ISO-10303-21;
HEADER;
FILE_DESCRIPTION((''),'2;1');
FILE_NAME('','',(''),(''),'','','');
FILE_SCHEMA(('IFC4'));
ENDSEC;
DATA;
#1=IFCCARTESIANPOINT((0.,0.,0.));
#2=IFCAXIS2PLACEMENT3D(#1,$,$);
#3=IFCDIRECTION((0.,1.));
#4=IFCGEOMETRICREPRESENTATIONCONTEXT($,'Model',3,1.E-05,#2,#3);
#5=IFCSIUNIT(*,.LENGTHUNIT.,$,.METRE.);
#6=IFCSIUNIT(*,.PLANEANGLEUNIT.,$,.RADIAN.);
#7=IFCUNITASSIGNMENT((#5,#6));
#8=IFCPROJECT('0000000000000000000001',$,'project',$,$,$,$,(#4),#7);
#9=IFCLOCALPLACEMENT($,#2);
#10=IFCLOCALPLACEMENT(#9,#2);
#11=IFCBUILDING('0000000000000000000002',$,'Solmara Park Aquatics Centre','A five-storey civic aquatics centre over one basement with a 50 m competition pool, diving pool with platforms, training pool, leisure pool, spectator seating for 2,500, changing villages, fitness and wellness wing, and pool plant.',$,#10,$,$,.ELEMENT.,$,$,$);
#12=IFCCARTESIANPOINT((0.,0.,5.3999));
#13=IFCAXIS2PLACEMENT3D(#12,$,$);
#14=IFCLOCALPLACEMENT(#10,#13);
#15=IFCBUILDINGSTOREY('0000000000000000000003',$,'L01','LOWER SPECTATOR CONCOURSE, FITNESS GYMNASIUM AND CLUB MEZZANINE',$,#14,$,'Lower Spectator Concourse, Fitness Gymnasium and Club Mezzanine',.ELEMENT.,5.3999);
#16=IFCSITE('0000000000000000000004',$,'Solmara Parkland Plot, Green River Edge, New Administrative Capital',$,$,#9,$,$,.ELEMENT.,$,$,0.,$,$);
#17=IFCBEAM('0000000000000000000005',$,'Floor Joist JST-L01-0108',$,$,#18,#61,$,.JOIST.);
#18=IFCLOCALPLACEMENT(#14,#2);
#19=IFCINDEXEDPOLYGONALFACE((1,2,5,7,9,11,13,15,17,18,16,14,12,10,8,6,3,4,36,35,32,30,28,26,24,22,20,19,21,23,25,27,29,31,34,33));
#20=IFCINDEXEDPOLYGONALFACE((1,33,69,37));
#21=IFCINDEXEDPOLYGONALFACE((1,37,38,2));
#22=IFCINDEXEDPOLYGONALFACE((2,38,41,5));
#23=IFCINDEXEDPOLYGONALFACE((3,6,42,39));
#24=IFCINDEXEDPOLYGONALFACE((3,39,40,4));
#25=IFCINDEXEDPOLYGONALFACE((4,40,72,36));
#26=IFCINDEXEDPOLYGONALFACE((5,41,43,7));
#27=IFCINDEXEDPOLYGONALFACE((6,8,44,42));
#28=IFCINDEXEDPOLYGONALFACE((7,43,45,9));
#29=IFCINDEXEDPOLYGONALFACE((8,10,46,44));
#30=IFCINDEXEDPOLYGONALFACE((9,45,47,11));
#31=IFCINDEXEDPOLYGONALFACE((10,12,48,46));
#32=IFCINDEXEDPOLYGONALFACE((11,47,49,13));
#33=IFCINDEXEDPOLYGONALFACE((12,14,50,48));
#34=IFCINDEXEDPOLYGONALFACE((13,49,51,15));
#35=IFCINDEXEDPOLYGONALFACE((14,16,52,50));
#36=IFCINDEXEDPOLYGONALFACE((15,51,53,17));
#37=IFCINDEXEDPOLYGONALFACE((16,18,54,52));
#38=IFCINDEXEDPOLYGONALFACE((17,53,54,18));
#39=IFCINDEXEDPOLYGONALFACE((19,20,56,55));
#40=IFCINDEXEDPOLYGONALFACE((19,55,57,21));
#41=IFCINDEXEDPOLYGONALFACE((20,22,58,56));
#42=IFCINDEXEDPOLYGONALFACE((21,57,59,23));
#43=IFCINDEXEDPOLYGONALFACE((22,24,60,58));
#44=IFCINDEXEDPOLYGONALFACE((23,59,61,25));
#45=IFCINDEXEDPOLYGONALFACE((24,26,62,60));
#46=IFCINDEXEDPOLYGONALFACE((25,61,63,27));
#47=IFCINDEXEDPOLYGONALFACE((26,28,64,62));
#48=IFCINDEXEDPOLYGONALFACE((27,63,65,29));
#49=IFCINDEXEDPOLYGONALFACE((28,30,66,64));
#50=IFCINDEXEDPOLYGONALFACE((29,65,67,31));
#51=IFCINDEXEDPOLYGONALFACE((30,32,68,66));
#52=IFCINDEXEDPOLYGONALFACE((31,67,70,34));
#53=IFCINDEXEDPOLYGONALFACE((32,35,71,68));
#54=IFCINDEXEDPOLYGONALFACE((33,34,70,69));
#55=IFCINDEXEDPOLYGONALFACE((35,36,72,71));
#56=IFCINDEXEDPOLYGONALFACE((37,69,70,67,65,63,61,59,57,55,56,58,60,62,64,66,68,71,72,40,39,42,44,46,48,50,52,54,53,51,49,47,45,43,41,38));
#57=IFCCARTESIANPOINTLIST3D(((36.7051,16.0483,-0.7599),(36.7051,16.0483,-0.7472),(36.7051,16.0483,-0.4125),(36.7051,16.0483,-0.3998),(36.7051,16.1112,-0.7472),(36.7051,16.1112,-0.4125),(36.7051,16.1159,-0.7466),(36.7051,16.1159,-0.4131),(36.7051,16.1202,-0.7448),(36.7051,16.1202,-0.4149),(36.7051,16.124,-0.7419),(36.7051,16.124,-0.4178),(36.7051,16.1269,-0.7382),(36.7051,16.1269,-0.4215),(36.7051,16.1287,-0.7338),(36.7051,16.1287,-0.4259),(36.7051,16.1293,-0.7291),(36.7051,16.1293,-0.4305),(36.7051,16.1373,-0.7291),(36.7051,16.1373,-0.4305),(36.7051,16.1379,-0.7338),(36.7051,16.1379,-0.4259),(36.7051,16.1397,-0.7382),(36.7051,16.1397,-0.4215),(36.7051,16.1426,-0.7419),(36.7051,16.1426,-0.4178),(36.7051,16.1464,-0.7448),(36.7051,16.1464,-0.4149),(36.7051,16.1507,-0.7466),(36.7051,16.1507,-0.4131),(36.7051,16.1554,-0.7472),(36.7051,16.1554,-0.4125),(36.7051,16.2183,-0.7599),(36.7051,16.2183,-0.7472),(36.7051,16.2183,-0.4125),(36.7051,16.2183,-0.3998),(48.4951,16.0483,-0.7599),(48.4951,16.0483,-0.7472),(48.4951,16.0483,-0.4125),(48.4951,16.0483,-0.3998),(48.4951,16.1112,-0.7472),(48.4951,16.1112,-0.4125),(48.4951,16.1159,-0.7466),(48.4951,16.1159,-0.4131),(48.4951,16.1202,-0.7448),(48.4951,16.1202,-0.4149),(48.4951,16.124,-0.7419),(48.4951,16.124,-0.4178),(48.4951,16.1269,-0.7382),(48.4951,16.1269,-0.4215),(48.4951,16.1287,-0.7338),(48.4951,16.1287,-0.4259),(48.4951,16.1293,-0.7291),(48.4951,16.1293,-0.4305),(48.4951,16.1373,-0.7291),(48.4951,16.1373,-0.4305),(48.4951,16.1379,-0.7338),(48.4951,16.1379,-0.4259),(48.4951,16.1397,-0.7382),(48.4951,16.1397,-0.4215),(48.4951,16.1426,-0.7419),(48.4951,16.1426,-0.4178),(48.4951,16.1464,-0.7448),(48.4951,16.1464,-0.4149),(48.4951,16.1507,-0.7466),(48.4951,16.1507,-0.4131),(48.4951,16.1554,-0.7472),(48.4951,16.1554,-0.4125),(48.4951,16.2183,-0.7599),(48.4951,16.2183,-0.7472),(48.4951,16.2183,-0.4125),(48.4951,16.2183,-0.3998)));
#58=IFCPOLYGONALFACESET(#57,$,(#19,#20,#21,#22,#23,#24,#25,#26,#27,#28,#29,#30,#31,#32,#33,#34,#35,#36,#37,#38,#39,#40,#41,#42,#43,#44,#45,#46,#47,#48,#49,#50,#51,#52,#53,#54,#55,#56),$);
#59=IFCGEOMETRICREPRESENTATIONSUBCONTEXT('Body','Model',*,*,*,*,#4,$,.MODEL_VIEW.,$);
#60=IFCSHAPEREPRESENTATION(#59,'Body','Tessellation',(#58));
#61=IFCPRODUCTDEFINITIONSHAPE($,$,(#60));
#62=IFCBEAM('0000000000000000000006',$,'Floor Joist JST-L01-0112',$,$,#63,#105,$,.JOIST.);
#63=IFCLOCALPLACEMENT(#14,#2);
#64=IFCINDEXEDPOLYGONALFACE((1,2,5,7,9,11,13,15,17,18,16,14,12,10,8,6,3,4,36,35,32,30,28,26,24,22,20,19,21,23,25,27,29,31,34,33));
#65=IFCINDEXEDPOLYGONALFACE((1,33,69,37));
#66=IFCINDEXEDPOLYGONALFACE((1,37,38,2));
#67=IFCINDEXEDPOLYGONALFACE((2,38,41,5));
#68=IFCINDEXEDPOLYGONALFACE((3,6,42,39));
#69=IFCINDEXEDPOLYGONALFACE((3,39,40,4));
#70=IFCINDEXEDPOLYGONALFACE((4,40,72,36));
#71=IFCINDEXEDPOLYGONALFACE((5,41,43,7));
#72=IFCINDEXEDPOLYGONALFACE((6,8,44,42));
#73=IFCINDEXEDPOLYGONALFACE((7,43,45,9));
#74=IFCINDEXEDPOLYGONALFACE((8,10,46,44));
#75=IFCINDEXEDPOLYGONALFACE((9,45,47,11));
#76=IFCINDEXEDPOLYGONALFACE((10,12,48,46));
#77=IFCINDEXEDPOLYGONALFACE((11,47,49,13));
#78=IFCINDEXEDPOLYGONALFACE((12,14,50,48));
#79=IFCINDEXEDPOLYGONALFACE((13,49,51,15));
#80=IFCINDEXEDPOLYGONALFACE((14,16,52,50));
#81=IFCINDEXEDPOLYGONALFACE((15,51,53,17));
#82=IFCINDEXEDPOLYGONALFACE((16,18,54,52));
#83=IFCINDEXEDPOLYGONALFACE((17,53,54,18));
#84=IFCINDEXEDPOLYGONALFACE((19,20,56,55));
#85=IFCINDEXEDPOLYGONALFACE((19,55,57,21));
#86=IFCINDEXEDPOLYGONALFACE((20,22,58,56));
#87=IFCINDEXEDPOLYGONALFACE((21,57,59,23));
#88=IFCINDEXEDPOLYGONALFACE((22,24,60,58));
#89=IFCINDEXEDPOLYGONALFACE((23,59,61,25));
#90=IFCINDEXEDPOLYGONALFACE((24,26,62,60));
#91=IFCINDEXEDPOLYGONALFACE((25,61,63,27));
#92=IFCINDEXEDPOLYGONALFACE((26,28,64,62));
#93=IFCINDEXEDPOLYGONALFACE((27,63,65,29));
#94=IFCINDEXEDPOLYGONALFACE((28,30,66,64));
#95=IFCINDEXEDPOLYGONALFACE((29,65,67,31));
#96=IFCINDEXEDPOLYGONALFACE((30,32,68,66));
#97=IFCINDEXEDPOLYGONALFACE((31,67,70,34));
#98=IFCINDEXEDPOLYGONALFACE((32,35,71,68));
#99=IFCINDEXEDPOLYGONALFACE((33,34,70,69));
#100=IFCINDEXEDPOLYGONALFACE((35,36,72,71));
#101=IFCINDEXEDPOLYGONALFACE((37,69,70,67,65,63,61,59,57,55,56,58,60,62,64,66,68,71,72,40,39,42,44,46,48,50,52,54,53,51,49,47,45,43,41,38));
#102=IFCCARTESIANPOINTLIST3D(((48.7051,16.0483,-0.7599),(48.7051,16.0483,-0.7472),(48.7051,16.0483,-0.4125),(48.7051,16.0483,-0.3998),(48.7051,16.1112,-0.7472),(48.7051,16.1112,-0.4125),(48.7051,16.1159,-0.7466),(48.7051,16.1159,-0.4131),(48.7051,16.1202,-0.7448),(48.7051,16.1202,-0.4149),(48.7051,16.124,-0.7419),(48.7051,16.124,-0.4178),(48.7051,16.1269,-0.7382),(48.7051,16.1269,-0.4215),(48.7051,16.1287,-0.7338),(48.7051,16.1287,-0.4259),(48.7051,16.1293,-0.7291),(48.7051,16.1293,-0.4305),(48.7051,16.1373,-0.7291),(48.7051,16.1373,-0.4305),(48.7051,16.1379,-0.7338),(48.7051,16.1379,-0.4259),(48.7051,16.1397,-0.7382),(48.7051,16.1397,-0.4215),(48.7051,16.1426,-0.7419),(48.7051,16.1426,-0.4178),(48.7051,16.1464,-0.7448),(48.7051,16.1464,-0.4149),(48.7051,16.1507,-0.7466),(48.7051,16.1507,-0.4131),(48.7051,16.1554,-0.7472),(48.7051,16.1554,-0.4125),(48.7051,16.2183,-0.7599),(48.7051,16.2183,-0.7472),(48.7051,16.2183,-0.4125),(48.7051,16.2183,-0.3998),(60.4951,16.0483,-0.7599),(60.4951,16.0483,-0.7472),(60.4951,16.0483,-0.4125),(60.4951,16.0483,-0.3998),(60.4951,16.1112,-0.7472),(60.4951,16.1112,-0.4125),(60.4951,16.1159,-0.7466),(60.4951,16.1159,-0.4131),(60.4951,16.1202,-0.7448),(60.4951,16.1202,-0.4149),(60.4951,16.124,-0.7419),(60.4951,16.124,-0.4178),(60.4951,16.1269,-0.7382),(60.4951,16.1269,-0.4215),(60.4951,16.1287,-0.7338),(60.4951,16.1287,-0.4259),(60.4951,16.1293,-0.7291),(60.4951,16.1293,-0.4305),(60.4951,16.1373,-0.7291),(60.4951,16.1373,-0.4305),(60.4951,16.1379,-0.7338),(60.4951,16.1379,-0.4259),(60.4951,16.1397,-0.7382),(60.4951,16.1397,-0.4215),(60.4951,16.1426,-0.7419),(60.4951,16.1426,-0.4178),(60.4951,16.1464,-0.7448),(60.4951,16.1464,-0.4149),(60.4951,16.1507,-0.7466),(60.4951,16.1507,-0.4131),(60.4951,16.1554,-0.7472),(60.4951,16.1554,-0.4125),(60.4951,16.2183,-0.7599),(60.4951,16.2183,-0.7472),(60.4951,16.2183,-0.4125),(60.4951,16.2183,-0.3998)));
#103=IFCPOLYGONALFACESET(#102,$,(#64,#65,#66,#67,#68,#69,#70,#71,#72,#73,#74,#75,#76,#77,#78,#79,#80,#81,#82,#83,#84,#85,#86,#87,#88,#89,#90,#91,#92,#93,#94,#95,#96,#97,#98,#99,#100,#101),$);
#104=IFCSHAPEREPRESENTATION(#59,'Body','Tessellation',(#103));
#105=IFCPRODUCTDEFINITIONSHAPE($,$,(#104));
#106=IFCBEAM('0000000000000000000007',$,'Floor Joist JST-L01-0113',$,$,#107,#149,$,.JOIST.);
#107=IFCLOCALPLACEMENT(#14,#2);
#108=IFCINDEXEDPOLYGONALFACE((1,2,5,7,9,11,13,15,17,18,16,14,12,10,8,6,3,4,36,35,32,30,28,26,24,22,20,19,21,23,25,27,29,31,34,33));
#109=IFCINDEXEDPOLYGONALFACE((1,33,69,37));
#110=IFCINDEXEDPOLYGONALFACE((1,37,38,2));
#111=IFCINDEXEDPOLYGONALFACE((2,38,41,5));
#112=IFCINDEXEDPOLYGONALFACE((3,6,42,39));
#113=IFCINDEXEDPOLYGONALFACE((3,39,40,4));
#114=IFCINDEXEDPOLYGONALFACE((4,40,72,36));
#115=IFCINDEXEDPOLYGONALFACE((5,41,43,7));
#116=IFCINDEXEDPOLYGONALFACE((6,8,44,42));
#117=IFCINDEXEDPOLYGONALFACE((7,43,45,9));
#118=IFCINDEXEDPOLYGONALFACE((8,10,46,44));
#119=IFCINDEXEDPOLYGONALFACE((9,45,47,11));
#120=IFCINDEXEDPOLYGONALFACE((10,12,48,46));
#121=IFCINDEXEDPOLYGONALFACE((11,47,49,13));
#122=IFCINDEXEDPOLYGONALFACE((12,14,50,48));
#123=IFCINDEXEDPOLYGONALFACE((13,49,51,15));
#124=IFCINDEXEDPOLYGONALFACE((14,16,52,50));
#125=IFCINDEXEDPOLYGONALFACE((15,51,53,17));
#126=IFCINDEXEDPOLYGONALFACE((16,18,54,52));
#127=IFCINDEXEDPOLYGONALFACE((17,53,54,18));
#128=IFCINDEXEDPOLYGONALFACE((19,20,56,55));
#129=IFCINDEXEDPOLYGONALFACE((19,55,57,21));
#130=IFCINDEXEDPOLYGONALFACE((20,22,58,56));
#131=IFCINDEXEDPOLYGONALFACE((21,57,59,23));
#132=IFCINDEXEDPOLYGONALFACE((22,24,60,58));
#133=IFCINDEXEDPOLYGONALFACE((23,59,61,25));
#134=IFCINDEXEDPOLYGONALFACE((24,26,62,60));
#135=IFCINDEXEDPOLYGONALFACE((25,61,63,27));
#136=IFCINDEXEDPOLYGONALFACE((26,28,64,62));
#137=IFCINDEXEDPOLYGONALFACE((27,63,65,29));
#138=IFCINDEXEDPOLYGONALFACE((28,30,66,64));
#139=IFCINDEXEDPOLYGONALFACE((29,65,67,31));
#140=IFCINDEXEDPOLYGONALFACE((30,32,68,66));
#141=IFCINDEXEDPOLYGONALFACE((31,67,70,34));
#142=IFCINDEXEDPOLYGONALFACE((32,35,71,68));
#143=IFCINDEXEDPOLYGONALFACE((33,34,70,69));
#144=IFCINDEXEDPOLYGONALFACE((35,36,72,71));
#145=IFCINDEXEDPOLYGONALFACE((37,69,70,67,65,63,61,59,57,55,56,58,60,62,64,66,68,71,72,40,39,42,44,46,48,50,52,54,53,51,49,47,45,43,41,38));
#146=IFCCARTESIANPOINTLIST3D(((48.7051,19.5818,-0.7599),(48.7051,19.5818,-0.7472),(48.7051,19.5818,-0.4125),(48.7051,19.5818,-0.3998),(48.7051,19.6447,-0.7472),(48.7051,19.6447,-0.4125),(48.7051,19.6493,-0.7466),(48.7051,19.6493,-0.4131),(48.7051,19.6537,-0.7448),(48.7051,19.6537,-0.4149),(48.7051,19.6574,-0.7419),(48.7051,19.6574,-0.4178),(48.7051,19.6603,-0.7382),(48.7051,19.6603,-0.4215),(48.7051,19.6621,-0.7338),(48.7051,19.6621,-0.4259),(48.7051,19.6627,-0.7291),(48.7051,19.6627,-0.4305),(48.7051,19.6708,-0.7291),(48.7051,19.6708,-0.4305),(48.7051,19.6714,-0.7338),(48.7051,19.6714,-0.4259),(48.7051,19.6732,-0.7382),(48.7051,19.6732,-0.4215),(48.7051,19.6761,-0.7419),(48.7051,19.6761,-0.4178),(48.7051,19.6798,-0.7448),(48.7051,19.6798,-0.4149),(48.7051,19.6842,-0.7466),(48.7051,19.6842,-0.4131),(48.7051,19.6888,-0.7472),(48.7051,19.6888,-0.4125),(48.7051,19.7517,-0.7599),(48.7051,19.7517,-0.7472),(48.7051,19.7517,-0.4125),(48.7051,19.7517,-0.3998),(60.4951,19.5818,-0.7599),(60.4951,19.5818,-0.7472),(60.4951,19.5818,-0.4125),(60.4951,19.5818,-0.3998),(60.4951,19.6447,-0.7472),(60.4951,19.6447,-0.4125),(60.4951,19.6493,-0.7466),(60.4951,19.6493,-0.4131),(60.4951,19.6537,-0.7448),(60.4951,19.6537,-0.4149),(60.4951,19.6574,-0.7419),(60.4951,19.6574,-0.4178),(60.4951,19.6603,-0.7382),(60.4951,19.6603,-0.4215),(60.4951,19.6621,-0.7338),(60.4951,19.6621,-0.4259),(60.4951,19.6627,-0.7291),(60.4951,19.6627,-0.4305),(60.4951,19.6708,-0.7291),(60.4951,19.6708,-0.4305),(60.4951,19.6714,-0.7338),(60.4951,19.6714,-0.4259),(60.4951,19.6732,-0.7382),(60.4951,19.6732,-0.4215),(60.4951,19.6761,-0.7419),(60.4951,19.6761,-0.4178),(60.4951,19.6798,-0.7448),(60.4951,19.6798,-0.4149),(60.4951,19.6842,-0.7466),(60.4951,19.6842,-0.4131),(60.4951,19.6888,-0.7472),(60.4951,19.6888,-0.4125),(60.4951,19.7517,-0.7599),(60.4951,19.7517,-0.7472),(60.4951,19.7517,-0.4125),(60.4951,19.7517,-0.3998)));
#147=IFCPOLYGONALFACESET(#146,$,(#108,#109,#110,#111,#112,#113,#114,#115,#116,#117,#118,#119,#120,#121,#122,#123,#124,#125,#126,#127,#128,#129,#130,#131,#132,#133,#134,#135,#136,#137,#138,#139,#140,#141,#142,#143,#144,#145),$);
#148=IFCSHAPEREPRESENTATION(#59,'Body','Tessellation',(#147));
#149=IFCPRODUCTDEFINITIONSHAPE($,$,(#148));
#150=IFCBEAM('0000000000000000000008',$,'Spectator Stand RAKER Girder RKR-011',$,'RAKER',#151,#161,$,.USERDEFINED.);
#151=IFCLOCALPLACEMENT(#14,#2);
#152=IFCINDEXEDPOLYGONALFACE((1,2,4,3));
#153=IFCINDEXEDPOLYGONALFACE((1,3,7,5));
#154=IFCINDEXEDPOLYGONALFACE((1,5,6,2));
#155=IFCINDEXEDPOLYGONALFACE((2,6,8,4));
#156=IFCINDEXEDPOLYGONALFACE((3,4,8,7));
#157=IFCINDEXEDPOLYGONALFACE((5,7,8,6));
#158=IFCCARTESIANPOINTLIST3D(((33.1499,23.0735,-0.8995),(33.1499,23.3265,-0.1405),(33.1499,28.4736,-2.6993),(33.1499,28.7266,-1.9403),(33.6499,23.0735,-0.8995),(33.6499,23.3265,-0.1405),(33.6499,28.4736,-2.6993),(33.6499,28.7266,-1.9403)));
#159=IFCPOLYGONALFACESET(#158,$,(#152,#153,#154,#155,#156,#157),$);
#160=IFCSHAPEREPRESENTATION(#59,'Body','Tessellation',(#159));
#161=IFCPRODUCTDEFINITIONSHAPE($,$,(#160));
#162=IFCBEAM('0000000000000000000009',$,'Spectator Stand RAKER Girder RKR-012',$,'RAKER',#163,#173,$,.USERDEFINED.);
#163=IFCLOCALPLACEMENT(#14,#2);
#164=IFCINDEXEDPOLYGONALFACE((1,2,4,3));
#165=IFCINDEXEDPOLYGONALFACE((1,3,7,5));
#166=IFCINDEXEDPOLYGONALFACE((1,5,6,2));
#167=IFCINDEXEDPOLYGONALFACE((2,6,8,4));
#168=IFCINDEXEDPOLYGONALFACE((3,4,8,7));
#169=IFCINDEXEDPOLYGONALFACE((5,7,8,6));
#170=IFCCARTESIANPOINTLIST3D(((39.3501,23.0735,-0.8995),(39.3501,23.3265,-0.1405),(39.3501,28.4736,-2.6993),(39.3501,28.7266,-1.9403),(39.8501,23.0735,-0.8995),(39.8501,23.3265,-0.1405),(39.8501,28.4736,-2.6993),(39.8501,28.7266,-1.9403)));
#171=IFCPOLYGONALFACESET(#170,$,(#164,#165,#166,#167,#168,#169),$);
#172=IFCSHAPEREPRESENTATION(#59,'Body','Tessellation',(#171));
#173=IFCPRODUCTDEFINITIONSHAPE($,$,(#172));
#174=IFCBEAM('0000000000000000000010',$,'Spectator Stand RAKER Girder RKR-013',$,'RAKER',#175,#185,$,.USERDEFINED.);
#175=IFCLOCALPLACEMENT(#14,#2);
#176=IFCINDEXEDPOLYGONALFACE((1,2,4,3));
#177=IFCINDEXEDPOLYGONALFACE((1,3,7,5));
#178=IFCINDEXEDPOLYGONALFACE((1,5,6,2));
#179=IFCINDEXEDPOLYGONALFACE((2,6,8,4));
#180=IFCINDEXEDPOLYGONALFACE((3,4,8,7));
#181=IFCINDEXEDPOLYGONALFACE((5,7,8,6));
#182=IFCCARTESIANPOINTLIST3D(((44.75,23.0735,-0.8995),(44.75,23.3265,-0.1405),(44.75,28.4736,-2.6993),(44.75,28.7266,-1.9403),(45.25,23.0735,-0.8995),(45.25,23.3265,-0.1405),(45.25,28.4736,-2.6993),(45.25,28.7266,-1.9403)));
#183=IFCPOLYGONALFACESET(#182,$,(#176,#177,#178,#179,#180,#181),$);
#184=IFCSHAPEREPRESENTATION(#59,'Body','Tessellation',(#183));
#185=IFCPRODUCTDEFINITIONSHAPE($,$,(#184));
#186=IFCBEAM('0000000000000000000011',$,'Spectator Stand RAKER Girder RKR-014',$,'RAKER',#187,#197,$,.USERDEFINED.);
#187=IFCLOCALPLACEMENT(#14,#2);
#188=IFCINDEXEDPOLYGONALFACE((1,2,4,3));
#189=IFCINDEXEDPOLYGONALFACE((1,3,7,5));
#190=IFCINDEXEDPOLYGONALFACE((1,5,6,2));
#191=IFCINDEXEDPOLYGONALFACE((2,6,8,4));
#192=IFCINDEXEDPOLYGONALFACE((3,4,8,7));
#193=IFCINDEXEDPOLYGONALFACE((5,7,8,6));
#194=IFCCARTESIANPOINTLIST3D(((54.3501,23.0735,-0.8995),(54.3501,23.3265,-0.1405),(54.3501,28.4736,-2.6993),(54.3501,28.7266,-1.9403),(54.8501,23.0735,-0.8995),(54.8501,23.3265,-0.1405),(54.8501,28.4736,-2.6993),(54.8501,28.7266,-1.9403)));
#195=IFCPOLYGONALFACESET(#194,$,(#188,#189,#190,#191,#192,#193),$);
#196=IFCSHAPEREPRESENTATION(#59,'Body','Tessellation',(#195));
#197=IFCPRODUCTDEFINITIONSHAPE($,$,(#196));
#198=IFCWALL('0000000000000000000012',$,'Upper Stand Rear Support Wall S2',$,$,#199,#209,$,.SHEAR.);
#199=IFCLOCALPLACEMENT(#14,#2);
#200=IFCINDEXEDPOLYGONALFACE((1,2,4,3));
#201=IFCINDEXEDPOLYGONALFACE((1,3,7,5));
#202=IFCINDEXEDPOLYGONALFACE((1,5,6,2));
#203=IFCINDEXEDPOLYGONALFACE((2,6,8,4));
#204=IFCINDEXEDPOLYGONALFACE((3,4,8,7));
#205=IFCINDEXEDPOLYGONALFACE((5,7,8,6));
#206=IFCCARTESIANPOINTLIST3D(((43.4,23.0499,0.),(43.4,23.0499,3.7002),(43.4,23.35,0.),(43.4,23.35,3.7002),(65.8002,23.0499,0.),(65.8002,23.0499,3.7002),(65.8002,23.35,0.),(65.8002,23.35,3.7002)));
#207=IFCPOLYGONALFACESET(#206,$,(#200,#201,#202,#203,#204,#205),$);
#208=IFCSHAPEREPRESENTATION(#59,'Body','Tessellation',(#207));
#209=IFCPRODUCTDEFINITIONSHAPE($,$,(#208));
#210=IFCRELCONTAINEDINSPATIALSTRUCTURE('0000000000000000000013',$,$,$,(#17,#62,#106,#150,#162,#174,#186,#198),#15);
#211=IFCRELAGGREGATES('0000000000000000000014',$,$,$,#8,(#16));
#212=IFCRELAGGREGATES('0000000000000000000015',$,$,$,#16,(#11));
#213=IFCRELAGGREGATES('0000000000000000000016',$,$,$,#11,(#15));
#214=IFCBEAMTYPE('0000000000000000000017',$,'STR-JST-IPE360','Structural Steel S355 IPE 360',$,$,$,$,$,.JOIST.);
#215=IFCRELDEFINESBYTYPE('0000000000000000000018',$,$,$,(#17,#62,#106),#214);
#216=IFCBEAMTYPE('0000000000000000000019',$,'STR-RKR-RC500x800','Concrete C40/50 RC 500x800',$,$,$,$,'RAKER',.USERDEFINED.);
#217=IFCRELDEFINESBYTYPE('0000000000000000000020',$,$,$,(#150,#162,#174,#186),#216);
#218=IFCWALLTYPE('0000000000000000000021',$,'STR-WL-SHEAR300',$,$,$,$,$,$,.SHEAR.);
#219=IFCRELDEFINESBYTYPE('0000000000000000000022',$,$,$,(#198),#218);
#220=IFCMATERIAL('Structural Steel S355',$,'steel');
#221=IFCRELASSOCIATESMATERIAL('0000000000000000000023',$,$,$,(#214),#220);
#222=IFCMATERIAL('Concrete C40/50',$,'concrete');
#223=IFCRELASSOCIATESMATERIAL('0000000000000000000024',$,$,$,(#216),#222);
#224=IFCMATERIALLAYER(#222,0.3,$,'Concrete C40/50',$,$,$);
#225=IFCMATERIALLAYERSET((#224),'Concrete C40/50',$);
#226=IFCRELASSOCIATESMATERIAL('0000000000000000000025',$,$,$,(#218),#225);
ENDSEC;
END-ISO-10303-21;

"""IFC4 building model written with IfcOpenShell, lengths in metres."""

from ifc_helpers import new_model, si_unit, direction, frame, frame_2d, origin, origin_2d, place, context, subcontext, project, spatial, rectangle, i_section, extrude, material, layer, layer_set, material_profile, profile_set, type_object, element, save


model = new_model("IFC4")

# Units and contexts
model_context = context("Model", 3, precision=1e-05, world=origin(), true_north=direction((0.0, 1.0)))
body_context = subcontext(model_context, "Body", "Model", "MODEL_VIEW")
ifc_project = project(units=[si_unit("LENGTHUNIT", "METRE"), si_unit("PLANEANGLEUNIT", "RADIAN")], contexts=[model_context])

# Site, building, storey
site_placement = place(None, origin())
site = spatial("IfcSite", under=ifc_project, at=site_placement, Name="Solmara Parkland Plot, Green River Edge, New Administrative Capital", CompositionType="ELEMENT", RefElevation=0.0)
building_placement = place(site_placement, origin())
building = spatial("IfcBuilding", under=site, at=building_placement, Name="Solmara Park Aquatics Centre", Description="A five-storey civic aquatics centre over one basement with a 50 m competition pool, diving pool with platforms, training pool, leisure pool, spectator seating for 2,500, changing villages, fitness and wellness wing, and pool plant.", CompositionType="ELEMENT")
storey_placement = place(building_placement, frame((0.0, 0.0, 5.3999)))
storey = spatial("IfcBuildingStorey", under=building, at=storey_placement, Name="L01", Description="LOWER SPECTATOR CONCOURSE, FITNESS GYMNASIUM AND CLUB MEZZANINE", LongName="Lower Spectator Concourse, Fitness Gymnasium and Club Mezzanine", CompositionType="ELEMENT", Elevation=5.3999)

# Shared definitions
ifc_material_1 = material(Name="Structural Steel S355", Category="steel")

# Beams
ifc_material_profile_1 = material_profile(ifc_material_1, i_section(OverallWidth=0.1699, OverallDepth=0.3601, WebThickness=0.0081, FlangeThickness=0.0127, FilletRadius=0.0181, at=origin_2d()), Name="IPE 360")
ifc_profile_set_1 = profile_set([ifc_material_profile_1], Name="Structural Steel S355")
beam_type_1 = type_object("IfcBeamType", Name="STR-JST-IPE360", Description="Structural Steel S355 IPE 360", PredefinedType="JOIST", material=ifc_profile_set_1)
for number, where, z_axis, x_axis, name in (
    (1, (36.7051, 16.1333, -0.5798), (1.0, 0.0, 0.0), (0.0, 1.0, 0.0), "Floor Joist JST-L01-0108"),
    (2, (48.7051, 16.1333, -0.5798), (1.0, 0.0, 0.0), (0.0, 1.0, 0.0), "Floor Joist JST-L01-0112"),
    (3, (48.7051, 19.6667, -0.5798), (1.0, 0.0, 0.0), (0.0, 1.0, 0.0), "Floor Joist JST-L01-0113"),
):
    element("IfcBeam", number, at=place(storey_placement, frame(where, z_axis=z_axis, x_axis=x_axis)), inside=storey, type_object=beam_type_1, Name=name, PredefinedType="JOIST", context=body_context, shape_type="SweptSolid", body=[
        extrude(i_section(OverallWidth=0.1699, OverallDepth=0.3601, WebThickness=0.0081, FlangeThickness=0.0127, FilletRadius=0.0181, at=origin_2d()), origin(), (0.0, 0.0, 1.0), 11.79),
    ])
ifc_material_2 = material(Name="Concrete C40/50", Category="concrete")
ifc_material_profile_2 = material_profile(ifc_material_2, rectangle(XDim=0.5, YDim=0.8, at=origin_2d()), Name="RC 500x800")
ifc_profile_set_2 = profile_set([ifc_material_profile_2], Name="Concrete C40/50")
beam_type_2 = type_object("IfcBeamType", Name="STR-RKR-RC500x800", Description="Concrete C40/50 RC 500x800", ElementType="RAKER", PredefinedType="USERDEFINED", material=ifc_profile_set_2)
for number, where, z_axis, x_axis, name in (
    (4, (33.3999, 28.6001, -2.3198), (0.0, -0.948696, 0.316189), (1.0, 0.0, 0.0), "Spectator Stand RAKER Girder RKR-011"),
    (5, (39.6001, 28.6001, -2.3198), (0.0, -0.948696, 0.316189), (1.0, 0.0, 0.0), "Spectator Stand RAKER Girder RKR-012"),
    (6, (45.0, 28.6001, -2.3198), (0.0, -0.948696, 0.316189), (1.0, 0.0, 0.0), "Spectator Stand RAKER Girder RKR-013"),
    (7, (54.6001, 28.6001, -2.3198), (0.0, -0.948696, 0.316189), (1.0, 0.0, 0.0), "Spectator Stand RAKER Girder RKR-014"),
):
    element("IfcBeam", number, at=place(storey_placement, frame(where, z_axis=z_axis, x_axis=x_axis)), inside=storey, type_object=beam_type_2, Name=name, ObjectType="RAKER", PredefinedType="USERDEFINED", context=body_context, shape_type="SweptSolid", body=[
        extrude(rectangle(XDim=0.5, YDim=0.8, at=origin_2d()), origin(), (0.0, 0.0, 1.0), 5.6921),
    ])

# Wall
ifc_layer_1 = layer(ifc_material_2, 0.3, Name="Concrete C40/50")
ifc_layer_set_1 = layer_set([ifc_layer_1], Name="Concrete C40/50")
wall_type = type_object("IfcWallType", Name="STR-WL-SHEAR300", PredefinedType="SHEAR", material=ifc_layer_set_1)
wall_placement = place(storey_placement, frame((43.3999, 23.2, 0.0), z_axis=(0.0, 0.0, 1.0), x_axis=(1.0, 0.0, 0.0)))
element("IfcWall", 8, at=wall_placement, inside=storey, type_object=wall_type, Name="Upper Stand Rear Support Wall S2", PredefinedType="SHEAR", context=body_context, shape_type="SweptSolid", body=[
    extrude(rectangle(XDim=22.4001, YDim=0.3, at=frame_2d((11.2002, 0.0))), origin(), (0.0, 0.0, 1.0), 3.7002),
])

save(model, "model.ifc")
